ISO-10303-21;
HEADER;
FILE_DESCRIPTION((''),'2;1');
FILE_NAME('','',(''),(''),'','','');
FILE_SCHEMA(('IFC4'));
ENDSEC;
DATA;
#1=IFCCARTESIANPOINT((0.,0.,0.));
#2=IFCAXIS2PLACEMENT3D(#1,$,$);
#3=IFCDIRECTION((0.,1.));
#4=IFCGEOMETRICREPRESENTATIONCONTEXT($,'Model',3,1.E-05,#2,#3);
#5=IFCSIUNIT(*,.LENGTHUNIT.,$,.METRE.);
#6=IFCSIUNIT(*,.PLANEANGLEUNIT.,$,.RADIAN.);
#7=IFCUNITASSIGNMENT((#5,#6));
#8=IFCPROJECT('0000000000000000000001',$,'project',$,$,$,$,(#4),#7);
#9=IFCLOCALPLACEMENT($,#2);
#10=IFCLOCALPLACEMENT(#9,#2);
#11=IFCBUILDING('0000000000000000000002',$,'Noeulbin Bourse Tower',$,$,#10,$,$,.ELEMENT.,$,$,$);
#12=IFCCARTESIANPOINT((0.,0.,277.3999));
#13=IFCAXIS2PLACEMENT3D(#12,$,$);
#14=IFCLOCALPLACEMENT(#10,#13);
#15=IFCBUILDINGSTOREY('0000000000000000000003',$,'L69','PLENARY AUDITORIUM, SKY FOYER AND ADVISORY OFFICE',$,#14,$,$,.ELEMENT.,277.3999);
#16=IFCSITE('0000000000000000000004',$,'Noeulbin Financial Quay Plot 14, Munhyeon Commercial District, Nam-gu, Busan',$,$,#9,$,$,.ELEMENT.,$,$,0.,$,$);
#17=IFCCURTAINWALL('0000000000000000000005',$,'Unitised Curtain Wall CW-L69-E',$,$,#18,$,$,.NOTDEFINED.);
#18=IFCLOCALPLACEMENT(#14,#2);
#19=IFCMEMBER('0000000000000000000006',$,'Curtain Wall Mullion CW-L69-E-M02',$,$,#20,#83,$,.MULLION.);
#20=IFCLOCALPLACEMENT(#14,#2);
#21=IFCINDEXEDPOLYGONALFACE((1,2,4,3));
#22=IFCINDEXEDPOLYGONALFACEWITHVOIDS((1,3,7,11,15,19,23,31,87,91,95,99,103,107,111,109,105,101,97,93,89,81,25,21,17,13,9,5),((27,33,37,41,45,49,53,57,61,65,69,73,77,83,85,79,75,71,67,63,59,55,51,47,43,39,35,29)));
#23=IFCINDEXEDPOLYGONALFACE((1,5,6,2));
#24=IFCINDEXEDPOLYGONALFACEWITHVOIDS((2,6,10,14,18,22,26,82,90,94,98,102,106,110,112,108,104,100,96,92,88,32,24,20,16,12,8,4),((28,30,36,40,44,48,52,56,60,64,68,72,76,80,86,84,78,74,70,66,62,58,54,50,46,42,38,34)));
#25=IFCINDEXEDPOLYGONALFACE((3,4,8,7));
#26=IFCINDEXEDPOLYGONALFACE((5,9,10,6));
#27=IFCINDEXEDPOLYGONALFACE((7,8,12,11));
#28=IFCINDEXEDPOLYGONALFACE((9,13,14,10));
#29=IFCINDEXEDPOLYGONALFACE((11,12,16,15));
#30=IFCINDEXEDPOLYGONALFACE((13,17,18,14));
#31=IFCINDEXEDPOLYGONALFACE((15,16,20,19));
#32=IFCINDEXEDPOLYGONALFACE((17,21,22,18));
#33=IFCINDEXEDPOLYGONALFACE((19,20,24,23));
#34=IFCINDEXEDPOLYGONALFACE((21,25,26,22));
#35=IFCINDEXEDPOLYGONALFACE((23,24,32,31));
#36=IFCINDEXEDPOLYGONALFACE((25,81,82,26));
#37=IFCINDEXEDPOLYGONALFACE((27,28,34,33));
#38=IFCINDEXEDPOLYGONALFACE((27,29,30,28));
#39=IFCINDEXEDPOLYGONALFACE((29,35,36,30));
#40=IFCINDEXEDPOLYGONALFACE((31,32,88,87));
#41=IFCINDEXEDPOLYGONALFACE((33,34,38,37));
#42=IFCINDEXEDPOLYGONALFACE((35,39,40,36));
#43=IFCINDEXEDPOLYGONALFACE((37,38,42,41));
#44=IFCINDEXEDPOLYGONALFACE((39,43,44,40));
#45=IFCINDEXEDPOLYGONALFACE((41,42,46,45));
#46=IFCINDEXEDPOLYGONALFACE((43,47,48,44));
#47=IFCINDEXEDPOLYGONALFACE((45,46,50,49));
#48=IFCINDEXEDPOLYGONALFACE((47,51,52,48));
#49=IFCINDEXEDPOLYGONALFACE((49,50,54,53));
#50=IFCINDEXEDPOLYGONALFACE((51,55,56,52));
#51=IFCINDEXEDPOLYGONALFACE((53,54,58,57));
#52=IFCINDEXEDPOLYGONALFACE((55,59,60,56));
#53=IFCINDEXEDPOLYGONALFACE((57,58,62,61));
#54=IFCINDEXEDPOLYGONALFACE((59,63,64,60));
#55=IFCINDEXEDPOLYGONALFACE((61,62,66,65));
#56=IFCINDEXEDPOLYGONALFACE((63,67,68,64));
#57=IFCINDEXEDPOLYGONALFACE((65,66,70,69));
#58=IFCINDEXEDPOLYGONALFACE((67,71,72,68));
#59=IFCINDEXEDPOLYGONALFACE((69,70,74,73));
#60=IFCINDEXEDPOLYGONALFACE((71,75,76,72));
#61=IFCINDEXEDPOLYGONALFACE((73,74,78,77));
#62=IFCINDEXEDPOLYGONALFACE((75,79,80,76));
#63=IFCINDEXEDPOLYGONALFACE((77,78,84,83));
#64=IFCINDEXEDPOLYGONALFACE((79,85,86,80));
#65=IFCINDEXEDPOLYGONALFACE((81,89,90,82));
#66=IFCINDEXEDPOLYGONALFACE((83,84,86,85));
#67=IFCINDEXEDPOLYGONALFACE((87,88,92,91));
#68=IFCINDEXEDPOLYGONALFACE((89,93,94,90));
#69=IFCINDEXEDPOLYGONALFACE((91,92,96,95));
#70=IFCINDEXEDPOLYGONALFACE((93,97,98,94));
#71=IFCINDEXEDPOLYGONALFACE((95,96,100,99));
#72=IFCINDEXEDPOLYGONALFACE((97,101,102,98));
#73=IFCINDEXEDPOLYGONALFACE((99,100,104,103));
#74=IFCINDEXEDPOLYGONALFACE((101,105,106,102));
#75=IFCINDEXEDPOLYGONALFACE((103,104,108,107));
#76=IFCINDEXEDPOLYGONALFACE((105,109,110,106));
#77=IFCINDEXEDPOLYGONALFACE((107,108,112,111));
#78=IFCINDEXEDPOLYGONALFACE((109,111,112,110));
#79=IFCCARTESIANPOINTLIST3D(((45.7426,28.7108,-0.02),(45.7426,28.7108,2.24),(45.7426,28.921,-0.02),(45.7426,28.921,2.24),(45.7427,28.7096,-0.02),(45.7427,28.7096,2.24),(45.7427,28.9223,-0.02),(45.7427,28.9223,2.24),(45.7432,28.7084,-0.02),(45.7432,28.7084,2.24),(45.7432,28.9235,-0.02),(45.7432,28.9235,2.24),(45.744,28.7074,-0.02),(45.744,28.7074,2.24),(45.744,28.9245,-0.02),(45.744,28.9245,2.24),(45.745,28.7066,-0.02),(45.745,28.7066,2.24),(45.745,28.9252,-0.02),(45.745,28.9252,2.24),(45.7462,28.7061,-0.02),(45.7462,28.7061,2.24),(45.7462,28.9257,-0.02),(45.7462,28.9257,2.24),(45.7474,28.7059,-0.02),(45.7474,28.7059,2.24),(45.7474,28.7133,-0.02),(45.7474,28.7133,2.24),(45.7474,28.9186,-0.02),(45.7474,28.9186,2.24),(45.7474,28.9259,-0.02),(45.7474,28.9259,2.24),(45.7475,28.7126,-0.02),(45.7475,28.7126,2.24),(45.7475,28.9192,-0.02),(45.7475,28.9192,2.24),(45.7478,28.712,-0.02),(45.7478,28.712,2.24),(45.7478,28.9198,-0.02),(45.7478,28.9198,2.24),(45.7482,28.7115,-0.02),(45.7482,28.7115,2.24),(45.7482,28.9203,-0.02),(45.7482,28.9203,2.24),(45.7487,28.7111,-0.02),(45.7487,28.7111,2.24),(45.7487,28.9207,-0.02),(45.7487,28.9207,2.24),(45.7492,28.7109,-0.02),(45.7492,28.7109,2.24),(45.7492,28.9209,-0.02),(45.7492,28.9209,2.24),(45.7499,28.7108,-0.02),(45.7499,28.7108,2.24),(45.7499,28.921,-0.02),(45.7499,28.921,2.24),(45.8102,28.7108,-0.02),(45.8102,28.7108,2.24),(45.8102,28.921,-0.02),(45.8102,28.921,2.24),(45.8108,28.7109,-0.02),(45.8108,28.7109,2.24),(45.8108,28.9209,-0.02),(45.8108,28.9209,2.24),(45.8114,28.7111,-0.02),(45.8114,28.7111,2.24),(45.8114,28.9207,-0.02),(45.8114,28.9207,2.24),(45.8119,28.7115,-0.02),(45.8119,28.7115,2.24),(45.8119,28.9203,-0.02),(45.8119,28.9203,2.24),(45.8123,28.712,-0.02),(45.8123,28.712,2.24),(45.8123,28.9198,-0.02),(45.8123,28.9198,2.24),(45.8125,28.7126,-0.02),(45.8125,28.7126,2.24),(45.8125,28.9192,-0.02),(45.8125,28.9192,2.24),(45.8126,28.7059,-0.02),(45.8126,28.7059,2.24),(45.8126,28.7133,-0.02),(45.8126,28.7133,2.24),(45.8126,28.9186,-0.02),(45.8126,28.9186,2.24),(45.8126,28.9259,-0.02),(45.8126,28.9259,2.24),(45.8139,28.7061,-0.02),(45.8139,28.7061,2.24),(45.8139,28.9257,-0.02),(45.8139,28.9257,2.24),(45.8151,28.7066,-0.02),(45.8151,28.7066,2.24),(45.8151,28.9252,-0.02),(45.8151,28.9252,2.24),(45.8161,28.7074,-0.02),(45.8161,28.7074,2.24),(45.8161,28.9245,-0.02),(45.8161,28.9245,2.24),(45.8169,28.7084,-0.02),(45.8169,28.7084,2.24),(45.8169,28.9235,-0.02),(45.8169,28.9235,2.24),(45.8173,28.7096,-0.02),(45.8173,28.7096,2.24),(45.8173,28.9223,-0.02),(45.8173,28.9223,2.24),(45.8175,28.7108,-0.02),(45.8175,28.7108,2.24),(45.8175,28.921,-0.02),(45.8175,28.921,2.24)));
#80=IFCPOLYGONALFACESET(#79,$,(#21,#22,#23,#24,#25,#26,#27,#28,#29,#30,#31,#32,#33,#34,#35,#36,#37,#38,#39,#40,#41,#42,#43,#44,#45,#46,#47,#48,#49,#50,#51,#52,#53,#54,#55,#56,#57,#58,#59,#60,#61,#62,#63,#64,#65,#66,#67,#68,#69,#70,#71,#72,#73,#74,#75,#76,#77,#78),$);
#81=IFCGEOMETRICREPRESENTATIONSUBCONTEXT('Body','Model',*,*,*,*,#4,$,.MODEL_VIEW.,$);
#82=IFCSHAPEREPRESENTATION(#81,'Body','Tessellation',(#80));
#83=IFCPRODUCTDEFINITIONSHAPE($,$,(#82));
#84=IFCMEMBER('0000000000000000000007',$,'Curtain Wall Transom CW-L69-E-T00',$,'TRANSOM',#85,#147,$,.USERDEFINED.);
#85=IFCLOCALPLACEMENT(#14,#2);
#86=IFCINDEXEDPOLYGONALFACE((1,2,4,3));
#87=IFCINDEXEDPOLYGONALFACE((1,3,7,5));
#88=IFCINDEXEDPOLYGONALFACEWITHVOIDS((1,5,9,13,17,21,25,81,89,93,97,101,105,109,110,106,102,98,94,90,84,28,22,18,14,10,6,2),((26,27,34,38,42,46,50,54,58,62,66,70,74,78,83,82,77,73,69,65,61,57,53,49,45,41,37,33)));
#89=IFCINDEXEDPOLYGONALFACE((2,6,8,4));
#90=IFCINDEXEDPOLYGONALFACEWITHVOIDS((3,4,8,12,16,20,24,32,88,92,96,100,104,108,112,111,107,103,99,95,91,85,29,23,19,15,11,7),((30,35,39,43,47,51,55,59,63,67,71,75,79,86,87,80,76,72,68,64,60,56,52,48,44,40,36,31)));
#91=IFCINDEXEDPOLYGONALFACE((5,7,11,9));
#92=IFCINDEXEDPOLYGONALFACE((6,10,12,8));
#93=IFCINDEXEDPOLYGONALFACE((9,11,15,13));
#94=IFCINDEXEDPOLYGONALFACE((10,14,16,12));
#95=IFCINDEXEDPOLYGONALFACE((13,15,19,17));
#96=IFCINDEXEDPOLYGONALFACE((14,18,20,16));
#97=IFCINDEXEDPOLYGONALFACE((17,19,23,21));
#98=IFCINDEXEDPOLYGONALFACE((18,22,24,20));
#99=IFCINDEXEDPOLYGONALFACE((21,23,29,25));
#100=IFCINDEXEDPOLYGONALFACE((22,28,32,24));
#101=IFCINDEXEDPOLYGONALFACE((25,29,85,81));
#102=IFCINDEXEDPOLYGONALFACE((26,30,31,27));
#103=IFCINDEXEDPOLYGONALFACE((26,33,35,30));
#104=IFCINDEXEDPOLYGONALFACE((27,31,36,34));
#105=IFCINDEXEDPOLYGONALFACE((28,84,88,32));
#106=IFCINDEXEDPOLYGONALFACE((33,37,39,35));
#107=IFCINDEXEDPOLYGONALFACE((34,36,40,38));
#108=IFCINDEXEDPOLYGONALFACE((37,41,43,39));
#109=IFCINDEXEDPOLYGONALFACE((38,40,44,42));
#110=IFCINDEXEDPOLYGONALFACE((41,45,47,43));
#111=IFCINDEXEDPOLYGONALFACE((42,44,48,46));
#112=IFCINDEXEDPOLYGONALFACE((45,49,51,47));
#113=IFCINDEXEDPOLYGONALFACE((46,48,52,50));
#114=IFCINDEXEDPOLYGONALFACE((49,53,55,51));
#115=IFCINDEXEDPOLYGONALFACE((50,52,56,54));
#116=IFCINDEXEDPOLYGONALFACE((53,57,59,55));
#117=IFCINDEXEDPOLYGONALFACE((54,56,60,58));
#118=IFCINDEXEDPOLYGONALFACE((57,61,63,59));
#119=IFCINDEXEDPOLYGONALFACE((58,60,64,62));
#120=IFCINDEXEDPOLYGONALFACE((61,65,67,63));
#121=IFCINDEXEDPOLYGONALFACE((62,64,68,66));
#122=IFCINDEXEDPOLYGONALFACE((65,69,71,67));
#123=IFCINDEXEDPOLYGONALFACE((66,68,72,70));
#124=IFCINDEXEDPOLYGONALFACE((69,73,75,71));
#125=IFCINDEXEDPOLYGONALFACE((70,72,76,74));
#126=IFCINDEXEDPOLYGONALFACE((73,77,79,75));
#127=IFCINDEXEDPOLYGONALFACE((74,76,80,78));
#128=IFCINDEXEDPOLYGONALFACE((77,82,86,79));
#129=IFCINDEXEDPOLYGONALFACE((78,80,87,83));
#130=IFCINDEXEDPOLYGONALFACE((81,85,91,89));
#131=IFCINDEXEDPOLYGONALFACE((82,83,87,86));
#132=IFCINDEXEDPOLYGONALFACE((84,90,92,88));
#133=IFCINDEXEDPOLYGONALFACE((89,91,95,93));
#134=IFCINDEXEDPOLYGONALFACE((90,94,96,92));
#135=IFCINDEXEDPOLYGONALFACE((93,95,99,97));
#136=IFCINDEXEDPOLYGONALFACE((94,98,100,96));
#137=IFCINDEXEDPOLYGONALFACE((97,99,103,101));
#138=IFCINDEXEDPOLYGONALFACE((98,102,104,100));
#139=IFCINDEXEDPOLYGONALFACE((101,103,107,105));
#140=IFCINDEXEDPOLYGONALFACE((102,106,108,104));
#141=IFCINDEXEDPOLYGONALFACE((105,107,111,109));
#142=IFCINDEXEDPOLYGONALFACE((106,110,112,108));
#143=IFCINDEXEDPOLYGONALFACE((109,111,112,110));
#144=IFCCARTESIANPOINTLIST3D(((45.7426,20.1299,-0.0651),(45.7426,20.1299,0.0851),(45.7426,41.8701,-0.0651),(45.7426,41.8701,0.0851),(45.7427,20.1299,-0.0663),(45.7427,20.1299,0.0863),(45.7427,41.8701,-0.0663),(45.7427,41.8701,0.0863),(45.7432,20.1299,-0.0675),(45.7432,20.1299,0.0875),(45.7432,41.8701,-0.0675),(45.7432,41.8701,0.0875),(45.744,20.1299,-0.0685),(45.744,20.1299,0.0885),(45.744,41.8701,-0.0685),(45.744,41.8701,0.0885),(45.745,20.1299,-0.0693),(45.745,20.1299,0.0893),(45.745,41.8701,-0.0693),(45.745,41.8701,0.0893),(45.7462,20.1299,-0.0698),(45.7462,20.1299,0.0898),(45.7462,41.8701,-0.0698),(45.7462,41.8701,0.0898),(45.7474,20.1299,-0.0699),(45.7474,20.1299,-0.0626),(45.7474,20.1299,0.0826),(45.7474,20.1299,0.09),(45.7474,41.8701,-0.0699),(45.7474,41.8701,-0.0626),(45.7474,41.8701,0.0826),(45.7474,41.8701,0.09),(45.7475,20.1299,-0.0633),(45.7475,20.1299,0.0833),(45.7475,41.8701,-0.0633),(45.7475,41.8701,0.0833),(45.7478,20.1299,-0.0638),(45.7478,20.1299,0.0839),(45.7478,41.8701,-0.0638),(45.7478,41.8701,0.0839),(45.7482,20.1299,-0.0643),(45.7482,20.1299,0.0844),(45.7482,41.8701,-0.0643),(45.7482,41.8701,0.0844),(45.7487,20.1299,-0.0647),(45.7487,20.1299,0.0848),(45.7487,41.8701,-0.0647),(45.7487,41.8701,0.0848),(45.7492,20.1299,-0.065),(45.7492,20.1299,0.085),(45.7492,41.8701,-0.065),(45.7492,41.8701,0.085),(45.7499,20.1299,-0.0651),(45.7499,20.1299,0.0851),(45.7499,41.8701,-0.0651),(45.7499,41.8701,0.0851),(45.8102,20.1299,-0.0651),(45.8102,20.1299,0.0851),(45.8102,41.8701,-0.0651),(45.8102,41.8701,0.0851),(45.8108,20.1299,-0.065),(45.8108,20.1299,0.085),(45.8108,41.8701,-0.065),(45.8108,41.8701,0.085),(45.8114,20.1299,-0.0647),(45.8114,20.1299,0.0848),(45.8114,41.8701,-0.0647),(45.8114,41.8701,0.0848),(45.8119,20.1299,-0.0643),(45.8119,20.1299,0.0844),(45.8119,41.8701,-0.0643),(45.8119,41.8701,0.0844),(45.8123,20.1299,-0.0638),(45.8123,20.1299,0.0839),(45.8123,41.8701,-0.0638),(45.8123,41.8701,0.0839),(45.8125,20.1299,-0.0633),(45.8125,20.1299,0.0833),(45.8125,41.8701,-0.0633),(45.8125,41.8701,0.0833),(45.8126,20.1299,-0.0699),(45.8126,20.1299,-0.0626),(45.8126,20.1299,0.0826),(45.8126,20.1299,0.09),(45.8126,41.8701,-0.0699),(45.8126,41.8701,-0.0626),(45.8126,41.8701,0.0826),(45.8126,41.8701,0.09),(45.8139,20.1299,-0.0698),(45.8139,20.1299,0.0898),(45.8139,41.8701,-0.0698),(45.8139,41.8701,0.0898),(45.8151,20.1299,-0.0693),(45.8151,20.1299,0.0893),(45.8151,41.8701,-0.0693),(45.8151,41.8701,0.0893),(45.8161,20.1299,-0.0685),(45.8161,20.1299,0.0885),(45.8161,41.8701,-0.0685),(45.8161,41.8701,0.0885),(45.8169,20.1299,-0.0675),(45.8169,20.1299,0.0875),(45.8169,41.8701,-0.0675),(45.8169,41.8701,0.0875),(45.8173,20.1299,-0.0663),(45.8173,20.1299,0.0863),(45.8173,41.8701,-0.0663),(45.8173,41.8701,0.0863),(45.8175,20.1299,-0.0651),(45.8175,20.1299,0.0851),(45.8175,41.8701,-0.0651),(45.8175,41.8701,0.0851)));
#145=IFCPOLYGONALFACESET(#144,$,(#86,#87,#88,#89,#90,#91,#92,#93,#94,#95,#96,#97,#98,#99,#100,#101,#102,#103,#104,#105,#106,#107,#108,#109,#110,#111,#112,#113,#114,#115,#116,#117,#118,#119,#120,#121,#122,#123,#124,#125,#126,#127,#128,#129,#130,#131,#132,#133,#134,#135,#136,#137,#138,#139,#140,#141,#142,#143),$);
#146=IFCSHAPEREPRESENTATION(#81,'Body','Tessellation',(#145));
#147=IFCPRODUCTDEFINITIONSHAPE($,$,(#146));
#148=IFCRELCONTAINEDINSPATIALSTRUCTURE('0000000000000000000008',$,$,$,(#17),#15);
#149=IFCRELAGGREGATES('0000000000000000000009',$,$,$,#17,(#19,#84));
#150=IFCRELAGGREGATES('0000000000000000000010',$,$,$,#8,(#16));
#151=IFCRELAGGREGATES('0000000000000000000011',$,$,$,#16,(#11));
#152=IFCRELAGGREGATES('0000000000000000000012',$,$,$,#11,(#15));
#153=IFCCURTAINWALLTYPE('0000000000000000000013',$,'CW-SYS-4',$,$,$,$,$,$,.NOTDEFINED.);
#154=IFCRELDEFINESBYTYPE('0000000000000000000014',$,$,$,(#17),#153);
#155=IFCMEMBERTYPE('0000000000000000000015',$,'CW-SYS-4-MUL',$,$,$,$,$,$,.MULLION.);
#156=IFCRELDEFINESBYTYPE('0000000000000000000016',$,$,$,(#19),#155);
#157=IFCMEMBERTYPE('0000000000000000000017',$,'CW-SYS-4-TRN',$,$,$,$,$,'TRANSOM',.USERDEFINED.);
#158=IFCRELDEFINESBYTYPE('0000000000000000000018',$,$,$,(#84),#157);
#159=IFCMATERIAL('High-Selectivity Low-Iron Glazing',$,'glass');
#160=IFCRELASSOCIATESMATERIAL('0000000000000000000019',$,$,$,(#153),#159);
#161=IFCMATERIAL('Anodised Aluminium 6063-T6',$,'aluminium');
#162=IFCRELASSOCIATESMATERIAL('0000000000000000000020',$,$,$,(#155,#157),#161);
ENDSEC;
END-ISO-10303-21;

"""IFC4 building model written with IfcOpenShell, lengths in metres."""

from ifc_helpers import new_model, si_unit, direction, frame, origin, origin_2d, place, context, subcontext, project, spatial, hollow_rectangle, extrude, material, material_profile, profile_set, type_object, element, aggregate, save


model = new_model("IFC4")

# Units and contexts
model_context = context("Model", 3, precision=1e-05, world=origin(), true_north=direction((0.0, 1.0)))
body_context = subcontext(model_context, "Body", "Model", "MODEL_VIEW")
ifc_project = project(units=[si_unit("LENGTHUNIT", "METRE"), si_unit("PLANEANGLEUNIT", "RADIAN")], contexts=[model_context])

# Site, building, storey
site_placement = place(None, origin())
site = spatial("IfcSite", under=ifc_project, at=site_placement, Name="Noeulbin Financial Quay Plot 14, Munhyeon Commercial District, Nam-gu, Busan", CompositionType="ELEMENT", RefElevation=0.0)
building_placement = place(site_placement, origin())
building = spatial("IfcBuilding", under=site, at=building_placement, Name="Noeulbin Bourse Tower", CompositionType="ELEMENT")
storey_placement = place(building_placement, frame((0.0, 0.0, 277.3999)))
storey = spatial("IfcBuildingStorey", under=building, at=storey_placement, Name="L69", Description="PLENARY AUDITORIUM, SKY FOYER AND ADVISORY OFFICE", CompositionType="ELEMENT", Elevation=277.3999)

# Curtain wall, members
ifc_material_1 = material(Name="High-Selectivity Low-Iron Glazing", Category="glass")
curtain_wall_type = type_object("IfcCurtainWallType", Name="CW-SYS-4", PredefinedType="NOTDEFINED", material=ifc_material_1)
ifc_material_2 = material(Name="Anodised Aluminium 6063-T6", Category="aluminium")
ifc_material_profile_1 = material_profile(ifc_material_2, hollow_rectangle(XDim=0.075, YDim=0.22, WallThickness=0.0049, InnerFilletRadius=0.0024, OuterFilletRadius=0.0049, at=origin_2d()), Name="ALU-MULL-75x220x5", Category="LoadBearing")
ifc_profile_set_1 = profile_set([ifc_material_profile_1], Name="Anodised Aluminium 6063-T6")
member_type_1 = type_object("IfcMemberType", Name="CW-SYS-4-MUL", PredefinedType="MULLION", material=ifc_profile_set_1)
curtain_wall_1_placement = place(storey_placement, origin())
curtain_wall_1 = element("IfcCurtainWall", 1, at=curtain_wall_1_placement, inside=storey, type_object=curtain_wall_type, Name="Unitised Curtain Wall CW-L69-E", PredefinedType="NOTDEFINED")
member_1_placement = place(storey_placement, frame((45.78, 28.8159, -0.02), z_axis=(0.0, 0.0, 1.0), x_axis=(1.0, 0.0, 0.0)))
member_1 = element("IfcMember", 2, at=member_1_placement, type_object=member_type_1, Name="Curtain Wall Mullion CW-L69-E-M02", PredefinedType="MULLION", context=body_context, shape_type="SweptSolid", body=[
    extrude(hollow_rectangle(XDim=0.075, YDim=0.22, WallThickness=0.0049, InnerFilletRadius=0.0024, OuterFilletRadius=0.0049, at=origin_2d()), origin(), (0.0, 0.0, 1.0), 2.26),
])
ifc_material_profile_2 = material_profile(ifc_material_2, hollow_rectangle(XDim=0.075, YDim=0.1599, WallThickness=0.0049, InnerFilletRadius=0.0024, OuterFilletRadius=0.0049, at=origin_2d()), Name="ALU-TRAN-75x160x5", Category="LoadBearing")
ifc_profile_set_2 = profile_set([ifc_material_profile_2], Name="Anodised Aluminium 6063-T6")
member_type_2 = type_object("IfcMemberType", Name="CW-SYS-4-TRN", ElementType="TRANSOM", PredefinedType="USERDEFINED", material=ifc_profile_set_2)
member_2_placement = place(storey_placement, frame((45.78, 20.1299, 0.01), z_axis=(0.0, 1.0, 0.0), x_axis=(-1.0, 0.0, 0.0)))
member_2 = element("IfcMember", 3, at=member_2_placement, type_object=member_type_2, Name="Curtain Wall Transom CW-L69-E-T00", ObjectType="TRANSOM", PredefinedType="USERDEFINED", context=body_context, shape_type="SweptSolid", body=[
    extrude(hollow_rectangle(XDim=0.075, YDim=0.1599, WallThickness=0.0049, InnerFilletRadius=0.0024, OuterFilletRadius=0.0049, at=origin_2d()), origin(), (0.0, 0.0, 1.0), 21.7402),
])

aggregate(curtain_wall_1, [member_1, member_2])

save(model, "model.ifc")
